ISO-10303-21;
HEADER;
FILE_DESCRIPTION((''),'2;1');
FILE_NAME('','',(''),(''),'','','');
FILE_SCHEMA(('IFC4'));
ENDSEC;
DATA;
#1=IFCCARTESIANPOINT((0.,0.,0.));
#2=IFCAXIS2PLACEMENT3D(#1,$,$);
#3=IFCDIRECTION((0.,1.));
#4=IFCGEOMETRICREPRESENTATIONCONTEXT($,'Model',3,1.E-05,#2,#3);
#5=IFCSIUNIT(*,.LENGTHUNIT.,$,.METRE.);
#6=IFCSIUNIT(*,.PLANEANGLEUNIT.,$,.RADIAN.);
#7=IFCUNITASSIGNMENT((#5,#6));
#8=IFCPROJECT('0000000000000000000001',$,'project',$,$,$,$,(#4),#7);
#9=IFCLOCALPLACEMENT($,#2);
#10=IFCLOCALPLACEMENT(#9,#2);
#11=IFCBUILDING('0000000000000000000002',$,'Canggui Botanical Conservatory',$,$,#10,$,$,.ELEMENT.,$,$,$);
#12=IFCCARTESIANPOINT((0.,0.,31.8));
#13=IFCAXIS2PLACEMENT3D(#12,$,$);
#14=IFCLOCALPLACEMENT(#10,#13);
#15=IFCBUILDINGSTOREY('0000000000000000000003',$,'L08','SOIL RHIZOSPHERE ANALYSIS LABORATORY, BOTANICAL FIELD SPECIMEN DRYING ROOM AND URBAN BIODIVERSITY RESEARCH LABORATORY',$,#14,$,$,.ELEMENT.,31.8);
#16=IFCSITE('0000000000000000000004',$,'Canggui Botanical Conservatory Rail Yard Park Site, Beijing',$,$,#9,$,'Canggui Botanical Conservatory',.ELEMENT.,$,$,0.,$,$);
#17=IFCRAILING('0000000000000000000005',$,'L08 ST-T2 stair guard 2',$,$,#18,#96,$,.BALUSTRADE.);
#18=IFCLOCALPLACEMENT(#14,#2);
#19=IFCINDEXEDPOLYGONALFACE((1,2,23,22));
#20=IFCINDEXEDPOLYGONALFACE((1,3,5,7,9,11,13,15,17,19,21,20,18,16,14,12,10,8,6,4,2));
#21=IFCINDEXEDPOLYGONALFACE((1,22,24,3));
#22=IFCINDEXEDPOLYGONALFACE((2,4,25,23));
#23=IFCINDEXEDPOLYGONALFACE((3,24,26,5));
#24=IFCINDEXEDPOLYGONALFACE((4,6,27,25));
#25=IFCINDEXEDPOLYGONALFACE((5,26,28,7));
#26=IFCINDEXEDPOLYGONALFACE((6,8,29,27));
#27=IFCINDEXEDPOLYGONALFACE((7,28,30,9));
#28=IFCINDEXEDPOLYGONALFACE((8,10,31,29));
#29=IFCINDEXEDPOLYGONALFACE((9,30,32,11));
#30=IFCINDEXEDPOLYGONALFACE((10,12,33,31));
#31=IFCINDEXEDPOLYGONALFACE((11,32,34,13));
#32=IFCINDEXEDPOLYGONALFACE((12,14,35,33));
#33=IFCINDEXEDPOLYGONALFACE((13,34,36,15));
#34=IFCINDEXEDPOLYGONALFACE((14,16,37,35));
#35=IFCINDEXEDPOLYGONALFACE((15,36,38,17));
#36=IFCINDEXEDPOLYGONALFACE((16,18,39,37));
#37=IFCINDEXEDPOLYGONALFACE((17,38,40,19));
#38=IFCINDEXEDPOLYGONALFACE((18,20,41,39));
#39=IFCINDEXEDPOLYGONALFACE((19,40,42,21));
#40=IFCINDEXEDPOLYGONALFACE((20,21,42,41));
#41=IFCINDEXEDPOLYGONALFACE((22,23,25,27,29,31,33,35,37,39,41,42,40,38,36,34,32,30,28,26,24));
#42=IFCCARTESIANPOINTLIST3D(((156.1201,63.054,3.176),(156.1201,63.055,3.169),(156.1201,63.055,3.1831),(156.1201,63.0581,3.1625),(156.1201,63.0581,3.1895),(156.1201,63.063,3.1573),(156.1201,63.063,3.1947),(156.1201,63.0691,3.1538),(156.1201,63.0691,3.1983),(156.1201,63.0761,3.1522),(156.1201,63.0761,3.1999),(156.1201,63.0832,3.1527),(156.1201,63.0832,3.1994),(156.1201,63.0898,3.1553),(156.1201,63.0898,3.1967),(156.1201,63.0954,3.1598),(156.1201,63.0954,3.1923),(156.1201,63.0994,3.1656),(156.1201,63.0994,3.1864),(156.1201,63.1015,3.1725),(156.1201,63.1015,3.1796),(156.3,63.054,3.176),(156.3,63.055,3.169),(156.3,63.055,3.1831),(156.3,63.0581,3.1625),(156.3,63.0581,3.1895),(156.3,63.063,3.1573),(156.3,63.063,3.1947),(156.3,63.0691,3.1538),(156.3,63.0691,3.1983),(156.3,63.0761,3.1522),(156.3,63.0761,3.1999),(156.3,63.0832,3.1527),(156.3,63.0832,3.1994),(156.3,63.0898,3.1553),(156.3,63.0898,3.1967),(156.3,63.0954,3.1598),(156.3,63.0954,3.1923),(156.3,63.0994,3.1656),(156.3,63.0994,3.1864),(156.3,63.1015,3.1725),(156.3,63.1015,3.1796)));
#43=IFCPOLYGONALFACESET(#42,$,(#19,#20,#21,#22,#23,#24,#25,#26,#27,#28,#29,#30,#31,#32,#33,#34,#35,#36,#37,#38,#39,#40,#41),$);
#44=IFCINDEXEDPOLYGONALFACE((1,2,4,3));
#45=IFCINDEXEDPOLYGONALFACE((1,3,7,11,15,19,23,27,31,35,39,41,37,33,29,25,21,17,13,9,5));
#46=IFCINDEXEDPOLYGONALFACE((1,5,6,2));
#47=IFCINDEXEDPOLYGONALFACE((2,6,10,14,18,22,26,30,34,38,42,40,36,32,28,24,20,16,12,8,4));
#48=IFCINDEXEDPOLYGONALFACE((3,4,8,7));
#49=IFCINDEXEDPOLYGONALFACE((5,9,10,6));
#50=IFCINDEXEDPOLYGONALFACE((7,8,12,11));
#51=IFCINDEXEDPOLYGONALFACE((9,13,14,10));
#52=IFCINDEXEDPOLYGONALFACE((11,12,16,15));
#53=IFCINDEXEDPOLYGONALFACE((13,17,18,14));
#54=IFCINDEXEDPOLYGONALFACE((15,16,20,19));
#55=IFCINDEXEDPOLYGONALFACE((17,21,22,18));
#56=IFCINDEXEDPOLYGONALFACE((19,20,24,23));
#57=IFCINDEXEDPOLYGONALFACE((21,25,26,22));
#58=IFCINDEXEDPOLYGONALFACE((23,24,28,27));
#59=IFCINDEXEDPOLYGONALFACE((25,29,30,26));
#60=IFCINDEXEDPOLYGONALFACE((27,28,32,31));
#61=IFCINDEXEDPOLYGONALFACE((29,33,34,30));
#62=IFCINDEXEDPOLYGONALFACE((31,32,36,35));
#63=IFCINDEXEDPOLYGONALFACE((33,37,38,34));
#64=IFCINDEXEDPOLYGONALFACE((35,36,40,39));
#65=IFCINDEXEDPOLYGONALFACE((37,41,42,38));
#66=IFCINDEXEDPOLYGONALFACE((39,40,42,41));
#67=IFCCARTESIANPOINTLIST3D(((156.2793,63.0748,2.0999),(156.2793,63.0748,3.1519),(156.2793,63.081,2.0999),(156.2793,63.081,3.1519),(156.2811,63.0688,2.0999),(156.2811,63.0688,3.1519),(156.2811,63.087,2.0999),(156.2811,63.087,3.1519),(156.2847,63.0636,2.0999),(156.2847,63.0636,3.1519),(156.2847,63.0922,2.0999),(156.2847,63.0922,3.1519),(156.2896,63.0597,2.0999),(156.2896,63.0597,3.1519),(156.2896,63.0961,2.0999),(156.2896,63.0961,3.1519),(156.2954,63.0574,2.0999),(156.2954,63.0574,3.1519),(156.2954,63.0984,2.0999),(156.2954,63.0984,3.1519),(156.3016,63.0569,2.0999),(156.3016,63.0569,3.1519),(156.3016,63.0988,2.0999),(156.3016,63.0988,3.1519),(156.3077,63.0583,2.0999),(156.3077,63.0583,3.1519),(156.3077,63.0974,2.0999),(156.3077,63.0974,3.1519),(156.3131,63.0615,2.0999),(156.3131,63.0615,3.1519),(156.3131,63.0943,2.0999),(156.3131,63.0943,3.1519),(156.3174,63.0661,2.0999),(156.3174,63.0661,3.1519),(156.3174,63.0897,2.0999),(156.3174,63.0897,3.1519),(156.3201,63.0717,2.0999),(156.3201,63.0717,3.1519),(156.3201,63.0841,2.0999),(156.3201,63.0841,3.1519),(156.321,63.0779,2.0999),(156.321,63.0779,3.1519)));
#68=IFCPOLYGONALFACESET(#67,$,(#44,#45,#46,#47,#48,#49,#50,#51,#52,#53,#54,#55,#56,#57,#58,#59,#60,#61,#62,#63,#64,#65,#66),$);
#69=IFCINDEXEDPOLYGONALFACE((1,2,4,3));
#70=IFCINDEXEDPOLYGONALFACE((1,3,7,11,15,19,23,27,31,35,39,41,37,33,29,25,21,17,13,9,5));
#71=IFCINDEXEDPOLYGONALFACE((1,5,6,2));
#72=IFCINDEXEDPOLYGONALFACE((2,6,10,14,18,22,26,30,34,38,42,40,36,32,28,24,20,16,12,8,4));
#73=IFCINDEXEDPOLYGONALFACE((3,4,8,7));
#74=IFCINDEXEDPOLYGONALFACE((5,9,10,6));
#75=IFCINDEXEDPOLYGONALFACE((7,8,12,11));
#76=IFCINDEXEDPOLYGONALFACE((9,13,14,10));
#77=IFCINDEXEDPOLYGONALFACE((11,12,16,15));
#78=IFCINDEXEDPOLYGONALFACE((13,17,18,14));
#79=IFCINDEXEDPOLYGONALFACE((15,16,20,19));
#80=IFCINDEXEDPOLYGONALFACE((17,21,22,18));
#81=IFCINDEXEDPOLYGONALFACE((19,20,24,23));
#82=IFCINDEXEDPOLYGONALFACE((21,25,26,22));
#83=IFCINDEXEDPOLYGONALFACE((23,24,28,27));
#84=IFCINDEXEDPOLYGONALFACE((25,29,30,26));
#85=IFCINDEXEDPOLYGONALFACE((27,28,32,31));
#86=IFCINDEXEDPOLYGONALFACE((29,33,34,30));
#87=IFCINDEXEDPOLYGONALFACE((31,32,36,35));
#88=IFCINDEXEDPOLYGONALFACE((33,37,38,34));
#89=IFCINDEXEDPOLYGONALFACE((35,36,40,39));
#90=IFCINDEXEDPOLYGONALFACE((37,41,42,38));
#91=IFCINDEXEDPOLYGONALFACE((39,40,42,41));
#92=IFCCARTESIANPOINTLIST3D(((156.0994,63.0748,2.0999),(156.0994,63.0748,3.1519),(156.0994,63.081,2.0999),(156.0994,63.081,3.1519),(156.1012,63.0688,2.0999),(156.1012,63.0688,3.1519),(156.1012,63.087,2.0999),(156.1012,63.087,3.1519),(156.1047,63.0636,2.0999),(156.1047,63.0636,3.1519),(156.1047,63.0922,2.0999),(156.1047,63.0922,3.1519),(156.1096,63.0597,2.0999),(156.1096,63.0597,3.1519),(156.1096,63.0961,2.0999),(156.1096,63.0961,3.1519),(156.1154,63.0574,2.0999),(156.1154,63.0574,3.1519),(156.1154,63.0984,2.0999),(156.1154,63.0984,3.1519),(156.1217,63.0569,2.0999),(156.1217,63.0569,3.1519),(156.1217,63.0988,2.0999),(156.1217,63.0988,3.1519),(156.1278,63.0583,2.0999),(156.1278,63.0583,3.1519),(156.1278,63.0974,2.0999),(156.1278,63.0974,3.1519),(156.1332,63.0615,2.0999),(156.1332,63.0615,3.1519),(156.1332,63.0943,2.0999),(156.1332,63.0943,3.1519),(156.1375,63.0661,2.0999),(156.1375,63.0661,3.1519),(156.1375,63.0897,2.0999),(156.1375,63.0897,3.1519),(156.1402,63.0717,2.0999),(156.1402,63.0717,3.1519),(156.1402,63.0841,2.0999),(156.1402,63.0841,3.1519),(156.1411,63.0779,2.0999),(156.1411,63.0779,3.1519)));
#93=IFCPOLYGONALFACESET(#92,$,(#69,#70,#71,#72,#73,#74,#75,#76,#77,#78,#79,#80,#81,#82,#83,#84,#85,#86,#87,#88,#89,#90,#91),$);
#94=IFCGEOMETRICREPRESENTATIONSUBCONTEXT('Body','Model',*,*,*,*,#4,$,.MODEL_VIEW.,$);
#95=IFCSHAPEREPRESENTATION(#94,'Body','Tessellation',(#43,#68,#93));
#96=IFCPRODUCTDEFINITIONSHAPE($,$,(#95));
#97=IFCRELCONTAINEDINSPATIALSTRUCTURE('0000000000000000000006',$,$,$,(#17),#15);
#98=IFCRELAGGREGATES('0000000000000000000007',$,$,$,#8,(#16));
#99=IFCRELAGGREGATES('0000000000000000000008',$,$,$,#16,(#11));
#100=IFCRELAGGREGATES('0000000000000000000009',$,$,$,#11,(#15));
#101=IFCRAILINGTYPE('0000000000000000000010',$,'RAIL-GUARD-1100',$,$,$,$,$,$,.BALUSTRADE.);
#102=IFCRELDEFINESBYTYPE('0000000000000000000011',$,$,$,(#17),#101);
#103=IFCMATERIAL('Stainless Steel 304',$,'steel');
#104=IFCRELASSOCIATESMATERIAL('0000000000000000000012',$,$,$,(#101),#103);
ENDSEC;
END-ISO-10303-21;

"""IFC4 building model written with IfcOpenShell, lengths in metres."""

from ifc_helpers import new_model, si_unit, direction, frame, origin, origin_2d, place, context, subcontext, project, spatial, circle, extrude, material, type_object, element, save


model = new_model("IFC4")

# Units and contexts
model_context = context("Model", 3, precision=1e-05, world=origin(), true_north=direction((0.0, 1.0)))
body_context = subcontext(model_context, "Body", "Model", "MODEL_VIEW")
ifc_project = project(units=[si_unit("LENGTHUNIT", "METRE"), si_unit("PLANEANGLEUNIT", "RADIAN")], contexts=[model_context])

# Site, building, storey
site_placement = place(None, origin())
site = spatial("IfcSite", under=ifc_project, at=site_placement, Name="Canggui Botanical Conservatory Rail Yard Park Site, Beijing", LongName="Canggui Botanical Conservatory", CompositionType="ELEMENT", RefElevation=0.0)
building_placement = place(site_placement, origin())
building = spatial("IfcBuilding", under=site, at=building_placement, Name="Canggui Botanical Conservatory", CompositionType="ELEMENT")
storey_placement = place(building_placement, frame((0.0, 0.0, 31.8)))
storey = spatial("IfcBuildingStorey", under=building, at=storey_placement, Name="L08", Description="SOIL RHIZOSPHERE ANALYSIS LABORATORY, BOTANICAL FIELD SPECIMEN DRYING ROOM AND URBAN BIODIVERSITY RESEARCH LABORATORY", CompositionType="ELEMENT", Elevation=31.8)

# Shared definitions
ifc_material_1 = material(Name="Stainless Steel 304", Category="steel")

# Railing
railing_type_1 = type_object("IfcRailingType", Name="RAIL-GUARD-1100", PredefinedType="BALUSTRADE", material=ifc_material_1)
railing_1_placement = place(storey_placement, frame((156.3, 63.0779, 2.0999)))
element("IfcRailing", 1, at=railing_1_placement, inside=storey, type_object=railing_type_1, Name="L08 ST-T2 stair guard 2", PredefinedType="BALUSTRADE", context=body_context, shape_type="SweptSolid", body=[
    extrude(circle(Radius=0.0239, at=origin_2d()), frame((0.0, 0.0, 1.0762), z_axis=(-1.0, 0.0, 0.0), x_axis=(0.0, -1.0, 0.0)), (0.0, 0.0, 1.0), 0.1799),
    extrude(circle(Radius=0.021, at=origin_2d()), origin(), (0.0, 0.0, 1.0), 1.052),
    extrude(circle(Radius=0.021, at=origin_2d()), frame((-0.1799, 0.0, 0.0)), (0.0, 0.0, 1.0), 1.052),
])

save(model, "model.ifc")
